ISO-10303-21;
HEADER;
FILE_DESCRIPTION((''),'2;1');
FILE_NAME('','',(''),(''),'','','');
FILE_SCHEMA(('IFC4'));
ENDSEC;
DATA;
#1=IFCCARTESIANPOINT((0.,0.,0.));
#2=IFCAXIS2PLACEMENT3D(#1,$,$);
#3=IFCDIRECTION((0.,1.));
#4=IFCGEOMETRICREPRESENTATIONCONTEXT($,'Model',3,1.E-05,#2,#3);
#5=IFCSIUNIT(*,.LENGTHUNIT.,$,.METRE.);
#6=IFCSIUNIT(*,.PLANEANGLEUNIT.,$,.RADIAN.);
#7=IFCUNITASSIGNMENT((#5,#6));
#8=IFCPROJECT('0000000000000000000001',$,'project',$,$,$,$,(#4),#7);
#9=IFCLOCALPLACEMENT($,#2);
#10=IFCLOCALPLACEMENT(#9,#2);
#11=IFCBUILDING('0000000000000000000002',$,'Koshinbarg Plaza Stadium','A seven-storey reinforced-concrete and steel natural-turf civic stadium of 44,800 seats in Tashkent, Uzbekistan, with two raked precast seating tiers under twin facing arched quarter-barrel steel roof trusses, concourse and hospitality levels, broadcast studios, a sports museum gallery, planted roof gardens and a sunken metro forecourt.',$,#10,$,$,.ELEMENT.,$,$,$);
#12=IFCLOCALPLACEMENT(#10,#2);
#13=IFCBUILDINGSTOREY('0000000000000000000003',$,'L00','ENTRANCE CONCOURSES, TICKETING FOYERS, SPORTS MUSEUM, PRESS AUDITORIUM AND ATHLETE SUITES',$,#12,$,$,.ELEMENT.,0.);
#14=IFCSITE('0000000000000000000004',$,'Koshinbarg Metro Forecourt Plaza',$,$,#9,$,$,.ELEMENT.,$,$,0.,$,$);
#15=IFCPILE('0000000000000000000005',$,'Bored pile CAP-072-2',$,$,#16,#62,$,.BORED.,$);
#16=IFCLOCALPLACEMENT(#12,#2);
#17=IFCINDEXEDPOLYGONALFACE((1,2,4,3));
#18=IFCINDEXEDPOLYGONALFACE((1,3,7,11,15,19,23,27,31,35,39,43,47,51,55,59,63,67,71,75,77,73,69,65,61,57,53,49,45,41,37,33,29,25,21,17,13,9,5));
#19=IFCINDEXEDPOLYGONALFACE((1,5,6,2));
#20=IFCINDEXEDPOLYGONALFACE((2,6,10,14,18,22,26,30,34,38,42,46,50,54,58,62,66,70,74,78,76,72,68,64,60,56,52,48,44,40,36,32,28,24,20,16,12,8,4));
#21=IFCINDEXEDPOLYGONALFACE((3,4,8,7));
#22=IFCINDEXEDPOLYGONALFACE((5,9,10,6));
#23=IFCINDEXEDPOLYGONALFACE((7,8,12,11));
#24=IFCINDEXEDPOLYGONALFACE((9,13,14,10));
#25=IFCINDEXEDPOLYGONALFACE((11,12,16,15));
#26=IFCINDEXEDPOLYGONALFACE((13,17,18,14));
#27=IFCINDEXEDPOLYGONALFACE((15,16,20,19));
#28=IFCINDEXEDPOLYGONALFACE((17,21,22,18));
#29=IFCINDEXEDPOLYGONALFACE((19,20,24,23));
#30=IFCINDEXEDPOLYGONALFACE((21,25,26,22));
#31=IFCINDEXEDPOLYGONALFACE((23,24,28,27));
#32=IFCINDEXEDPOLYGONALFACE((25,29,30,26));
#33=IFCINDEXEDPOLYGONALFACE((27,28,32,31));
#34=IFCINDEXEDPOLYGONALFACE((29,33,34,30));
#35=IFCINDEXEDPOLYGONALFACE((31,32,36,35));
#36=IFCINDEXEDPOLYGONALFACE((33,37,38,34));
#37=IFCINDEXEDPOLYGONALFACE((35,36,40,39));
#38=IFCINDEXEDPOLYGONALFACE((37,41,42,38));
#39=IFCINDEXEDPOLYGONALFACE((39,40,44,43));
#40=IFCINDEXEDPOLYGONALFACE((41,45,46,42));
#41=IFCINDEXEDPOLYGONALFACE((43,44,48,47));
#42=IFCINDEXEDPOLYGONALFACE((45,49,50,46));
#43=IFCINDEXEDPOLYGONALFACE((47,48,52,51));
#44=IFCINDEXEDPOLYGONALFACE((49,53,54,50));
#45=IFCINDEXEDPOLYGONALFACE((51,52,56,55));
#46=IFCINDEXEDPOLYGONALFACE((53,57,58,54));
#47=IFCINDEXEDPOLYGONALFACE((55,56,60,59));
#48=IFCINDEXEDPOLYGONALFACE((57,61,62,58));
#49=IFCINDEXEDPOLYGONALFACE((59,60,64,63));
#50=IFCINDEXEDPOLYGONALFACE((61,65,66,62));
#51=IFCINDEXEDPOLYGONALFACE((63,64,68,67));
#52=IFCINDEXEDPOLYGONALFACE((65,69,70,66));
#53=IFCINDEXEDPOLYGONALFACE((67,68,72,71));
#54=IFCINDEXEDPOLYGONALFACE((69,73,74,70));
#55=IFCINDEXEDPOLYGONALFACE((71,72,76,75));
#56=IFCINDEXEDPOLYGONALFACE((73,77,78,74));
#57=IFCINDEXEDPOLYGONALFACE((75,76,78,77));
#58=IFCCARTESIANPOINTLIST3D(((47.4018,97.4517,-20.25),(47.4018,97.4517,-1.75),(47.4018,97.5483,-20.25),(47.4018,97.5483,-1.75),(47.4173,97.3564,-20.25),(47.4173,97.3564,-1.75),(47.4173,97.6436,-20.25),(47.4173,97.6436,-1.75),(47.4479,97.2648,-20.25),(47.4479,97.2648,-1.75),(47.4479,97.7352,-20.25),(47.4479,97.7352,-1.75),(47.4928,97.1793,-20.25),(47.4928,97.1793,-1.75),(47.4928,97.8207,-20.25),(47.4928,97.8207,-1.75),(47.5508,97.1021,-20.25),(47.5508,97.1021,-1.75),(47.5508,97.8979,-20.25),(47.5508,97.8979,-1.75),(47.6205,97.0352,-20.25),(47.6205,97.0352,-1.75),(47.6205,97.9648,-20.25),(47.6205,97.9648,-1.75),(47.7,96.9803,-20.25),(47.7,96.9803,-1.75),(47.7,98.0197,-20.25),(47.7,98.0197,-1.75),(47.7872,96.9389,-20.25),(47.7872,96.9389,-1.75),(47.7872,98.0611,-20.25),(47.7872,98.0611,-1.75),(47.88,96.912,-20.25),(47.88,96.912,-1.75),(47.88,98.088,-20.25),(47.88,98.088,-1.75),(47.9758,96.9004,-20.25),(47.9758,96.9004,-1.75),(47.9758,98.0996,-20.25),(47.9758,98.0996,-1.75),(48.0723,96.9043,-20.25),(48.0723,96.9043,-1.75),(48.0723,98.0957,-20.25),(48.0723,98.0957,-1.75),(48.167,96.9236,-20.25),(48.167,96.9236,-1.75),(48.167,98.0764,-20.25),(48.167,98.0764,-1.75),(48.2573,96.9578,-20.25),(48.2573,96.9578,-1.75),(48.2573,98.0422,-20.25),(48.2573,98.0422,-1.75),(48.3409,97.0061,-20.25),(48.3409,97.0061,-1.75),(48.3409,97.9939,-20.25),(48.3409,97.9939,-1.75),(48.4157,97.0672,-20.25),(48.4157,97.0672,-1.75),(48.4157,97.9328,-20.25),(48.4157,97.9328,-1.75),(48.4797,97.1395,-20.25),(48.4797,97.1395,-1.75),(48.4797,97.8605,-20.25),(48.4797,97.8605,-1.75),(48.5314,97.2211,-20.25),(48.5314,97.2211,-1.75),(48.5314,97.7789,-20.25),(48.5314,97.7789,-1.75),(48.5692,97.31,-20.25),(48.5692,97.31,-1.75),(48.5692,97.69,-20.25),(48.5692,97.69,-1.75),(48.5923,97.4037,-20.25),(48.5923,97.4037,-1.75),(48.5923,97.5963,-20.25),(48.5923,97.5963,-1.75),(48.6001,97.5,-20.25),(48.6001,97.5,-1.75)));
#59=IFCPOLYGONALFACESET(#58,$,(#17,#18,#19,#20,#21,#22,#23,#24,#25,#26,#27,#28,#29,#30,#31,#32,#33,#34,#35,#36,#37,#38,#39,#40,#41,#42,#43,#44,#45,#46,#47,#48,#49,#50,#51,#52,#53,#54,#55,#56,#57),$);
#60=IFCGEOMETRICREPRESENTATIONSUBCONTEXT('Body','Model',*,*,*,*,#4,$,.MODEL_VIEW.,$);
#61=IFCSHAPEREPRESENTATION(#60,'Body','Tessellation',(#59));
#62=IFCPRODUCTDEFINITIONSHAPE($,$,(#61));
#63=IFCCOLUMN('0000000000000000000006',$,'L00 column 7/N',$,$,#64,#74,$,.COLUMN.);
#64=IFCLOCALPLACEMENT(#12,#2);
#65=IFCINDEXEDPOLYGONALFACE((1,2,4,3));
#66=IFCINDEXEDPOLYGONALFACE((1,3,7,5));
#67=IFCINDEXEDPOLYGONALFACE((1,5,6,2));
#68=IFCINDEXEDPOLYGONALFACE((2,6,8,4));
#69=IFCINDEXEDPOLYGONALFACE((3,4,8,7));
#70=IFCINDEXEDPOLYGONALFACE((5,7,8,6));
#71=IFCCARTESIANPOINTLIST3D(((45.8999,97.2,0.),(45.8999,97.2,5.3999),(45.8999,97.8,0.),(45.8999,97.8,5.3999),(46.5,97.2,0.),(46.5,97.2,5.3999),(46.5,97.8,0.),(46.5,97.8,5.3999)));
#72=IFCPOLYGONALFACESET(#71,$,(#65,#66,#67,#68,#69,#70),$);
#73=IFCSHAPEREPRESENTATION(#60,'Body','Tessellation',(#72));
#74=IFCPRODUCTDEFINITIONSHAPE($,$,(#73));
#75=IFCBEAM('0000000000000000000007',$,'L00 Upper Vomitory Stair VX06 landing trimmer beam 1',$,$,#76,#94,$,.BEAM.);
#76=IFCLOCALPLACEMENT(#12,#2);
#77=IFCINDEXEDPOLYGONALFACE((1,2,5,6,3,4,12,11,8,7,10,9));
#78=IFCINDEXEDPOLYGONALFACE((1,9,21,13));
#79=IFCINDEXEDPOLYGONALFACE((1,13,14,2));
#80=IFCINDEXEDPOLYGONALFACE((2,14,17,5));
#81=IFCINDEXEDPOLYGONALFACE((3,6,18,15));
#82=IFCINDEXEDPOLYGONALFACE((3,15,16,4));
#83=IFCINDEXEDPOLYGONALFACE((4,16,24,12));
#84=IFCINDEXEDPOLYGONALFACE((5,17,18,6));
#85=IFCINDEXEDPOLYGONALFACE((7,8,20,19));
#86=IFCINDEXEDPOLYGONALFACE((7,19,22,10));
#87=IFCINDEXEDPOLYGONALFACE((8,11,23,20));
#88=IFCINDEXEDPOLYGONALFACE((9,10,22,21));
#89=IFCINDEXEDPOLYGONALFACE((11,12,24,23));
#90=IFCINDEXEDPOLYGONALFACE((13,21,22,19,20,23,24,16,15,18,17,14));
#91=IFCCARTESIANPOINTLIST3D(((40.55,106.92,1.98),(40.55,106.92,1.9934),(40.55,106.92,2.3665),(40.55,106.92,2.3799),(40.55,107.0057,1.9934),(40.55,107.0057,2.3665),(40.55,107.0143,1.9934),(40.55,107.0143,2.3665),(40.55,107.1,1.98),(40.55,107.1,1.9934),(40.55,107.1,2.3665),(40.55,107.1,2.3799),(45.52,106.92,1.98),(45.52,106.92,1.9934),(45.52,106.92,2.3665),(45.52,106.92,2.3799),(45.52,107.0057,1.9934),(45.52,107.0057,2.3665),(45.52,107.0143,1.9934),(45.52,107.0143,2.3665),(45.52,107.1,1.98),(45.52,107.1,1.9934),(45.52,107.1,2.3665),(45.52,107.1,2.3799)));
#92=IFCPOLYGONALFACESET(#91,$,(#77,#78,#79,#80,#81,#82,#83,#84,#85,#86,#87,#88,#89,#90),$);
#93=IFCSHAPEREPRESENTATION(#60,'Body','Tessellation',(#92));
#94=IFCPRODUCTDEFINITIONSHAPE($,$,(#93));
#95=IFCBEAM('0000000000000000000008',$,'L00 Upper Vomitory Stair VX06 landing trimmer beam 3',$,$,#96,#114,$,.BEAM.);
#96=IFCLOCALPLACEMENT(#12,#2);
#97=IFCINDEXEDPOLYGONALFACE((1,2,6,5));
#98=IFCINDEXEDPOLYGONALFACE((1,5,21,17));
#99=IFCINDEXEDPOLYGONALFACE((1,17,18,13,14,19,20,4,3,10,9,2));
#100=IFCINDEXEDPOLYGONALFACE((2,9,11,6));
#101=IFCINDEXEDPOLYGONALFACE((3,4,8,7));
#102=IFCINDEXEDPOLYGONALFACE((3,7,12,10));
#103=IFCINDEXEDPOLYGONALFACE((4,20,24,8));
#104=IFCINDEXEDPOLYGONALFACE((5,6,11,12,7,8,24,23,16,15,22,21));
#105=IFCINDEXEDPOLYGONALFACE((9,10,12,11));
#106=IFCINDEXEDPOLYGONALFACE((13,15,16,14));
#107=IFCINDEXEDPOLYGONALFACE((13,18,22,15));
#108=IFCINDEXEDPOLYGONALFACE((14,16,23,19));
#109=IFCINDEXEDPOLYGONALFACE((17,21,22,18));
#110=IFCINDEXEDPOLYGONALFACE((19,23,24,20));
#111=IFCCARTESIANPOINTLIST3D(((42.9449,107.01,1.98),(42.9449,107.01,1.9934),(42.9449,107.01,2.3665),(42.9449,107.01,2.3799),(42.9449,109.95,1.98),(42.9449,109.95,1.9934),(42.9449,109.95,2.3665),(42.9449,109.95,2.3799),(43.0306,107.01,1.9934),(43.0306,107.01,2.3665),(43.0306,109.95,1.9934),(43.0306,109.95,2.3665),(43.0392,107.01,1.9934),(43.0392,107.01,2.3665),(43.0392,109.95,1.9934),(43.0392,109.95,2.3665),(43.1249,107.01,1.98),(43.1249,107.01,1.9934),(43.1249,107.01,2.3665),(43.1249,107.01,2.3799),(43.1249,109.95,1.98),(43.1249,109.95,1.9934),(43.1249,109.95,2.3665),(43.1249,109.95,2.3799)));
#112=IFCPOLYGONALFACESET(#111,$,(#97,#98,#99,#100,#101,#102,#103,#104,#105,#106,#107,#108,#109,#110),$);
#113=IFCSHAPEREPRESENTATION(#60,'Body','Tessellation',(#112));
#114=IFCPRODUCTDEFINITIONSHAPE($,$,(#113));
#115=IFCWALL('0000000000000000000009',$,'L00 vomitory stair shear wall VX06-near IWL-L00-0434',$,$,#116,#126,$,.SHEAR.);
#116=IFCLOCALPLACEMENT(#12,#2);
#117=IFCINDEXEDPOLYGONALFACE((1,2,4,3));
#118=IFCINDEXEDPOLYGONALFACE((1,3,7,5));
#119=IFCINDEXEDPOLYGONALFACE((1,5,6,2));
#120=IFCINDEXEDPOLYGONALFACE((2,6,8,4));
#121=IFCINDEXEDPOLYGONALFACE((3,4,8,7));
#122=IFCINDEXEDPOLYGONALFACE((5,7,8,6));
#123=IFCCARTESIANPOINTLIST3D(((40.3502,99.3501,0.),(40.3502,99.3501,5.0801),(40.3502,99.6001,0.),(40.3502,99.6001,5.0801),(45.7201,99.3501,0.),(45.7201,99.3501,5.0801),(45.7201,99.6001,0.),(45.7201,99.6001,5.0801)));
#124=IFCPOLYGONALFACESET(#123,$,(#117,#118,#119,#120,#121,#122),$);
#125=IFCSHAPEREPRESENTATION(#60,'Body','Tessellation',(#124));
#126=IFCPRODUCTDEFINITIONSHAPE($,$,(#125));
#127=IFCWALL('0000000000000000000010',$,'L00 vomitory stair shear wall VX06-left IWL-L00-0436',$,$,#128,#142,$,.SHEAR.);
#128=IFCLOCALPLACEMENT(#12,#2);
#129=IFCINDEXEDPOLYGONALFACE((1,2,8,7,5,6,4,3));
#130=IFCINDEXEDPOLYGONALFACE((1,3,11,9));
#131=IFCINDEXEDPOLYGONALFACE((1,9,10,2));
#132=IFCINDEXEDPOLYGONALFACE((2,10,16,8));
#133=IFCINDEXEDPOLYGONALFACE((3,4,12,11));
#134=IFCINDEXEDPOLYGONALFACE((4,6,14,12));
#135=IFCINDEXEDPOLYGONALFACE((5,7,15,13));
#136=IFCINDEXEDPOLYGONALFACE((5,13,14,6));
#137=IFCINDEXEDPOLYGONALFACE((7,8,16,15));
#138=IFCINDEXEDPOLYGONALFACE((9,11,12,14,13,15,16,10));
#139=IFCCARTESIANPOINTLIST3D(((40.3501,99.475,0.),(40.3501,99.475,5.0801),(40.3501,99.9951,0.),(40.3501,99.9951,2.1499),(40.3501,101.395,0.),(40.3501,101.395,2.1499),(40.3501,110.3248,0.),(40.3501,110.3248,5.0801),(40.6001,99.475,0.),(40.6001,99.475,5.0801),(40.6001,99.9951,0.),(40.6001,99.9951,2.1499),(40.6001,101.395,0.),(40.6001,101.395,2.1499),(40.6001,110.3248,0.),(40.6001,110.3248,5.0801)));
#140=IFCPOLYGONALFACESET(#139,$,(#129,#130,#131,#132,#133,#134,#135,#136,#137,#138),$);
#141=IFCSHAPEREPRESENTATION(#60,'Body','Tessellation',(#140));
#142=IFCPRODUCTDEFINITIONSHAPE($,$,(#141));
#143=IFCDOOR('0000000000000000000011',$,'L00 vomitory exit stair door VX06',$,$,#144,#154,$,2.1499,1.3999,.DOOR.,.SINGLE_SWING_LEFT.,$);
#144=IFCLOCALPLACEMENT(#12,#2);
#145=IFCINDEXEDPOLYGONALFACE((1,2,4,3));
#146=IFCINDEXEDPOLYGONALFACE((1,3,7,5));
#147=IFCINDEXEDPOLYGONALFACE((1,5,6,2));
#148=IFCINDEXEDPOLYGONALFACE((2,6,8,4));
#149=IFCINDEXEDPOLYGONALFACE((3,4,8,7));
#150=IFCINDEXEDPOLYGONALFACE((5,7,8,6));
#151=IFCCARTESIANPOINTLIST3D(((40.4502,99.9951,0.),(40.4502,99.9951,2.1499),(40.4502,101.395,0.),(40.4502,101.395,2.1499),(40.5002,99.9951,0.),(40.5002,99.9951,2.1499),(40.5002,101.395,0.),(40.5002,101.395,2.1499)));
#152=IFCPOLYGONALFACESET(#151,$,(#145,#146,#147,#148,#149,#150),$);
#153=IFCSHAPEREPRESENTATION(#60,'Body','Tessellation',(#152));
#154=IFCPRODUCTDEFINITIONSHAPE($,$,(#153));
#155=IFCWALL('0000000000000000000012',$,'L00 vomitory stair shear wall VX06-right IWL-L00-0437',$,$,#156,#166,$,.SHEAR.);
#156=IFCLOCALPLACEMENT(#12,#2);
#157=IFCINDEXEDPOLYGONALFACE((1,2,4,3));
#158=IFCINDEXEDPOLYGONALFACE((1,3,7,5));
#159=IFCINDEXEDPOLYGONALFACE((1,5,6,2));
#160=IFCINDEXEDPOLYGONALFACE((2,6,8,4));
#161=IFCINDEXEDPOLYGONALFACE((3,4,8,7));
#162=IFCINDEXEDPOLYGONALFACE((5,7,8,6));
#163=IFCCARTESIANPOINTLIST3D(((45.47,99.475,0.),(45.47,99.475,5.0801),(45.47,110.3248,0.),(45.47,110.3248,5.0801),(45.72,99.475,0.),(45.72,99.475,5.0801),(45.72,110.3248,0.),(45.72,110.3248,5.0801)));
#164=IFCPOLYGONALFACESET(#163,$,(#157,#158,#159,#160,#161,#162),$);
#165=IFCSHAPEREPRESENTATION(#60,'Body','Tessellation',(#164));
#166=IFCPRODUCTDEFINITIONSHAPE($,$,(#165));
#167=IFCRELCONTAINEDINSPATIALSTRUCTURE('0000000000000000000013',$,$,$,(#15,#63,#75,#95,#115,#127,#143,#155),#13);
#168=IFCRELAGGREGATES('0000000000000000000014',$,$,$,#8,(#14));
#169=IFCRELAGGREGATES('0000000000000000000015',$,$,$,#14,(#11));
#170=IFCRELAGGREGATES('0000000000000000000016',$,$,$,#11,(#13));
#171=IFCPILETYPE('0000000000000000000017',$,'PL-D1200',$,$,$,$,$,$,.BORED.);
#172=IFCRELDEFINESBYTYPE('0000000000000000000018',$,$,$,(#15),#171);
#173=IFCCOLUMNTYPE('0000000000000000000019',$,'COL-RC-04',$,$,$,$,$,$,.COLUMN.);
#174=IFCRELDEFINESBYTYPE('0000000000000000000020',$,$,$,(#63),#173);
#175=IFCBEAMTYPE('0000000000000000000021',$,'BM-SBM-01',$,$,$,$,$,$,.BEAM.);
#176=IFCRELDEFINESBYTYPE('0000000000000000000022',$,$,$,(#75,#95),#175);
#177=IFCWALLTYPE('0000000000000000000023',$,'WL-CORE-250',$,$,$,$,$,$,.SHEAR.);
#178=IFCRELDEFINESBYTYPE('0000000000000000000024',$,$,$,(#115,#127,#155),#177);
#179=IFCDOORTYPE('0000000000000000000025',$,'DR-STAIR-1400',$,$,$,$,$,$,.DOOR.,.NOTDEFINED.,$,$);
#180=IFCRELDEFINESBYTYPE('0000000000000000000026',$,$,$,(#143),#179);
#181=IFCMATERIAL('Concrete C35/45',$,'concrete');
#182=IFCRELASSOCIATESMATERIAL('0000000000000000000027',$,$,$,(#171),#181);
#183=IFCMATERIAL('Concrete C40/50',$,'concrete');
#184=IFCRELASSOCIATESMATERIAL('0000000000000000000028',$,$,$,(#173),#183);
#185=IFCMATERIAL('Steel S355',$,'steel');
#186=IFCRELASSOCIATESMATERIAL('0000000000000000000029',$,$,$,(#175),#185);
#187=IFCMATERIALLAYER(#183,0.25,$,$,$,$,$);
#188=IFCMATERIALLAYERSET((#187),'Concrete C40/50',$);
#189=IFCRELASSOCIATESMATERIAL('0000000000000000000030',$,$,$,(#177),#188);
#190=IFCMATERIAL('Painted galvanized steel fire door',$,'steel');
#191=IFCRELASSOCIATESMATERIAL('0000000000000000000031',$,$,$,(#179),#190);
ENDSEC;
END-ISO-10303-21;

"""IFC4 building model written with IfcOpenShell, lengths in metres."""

from ifc_helpers import new_model, si_unit, direction, frame, frame_2d, origin, origin_2d, place, context, subcontext, project, spatial, rectangle, circle, i_section, extrude, material, layer, layer_set, material_profile, profile_set, type_object, element, fill, save


model = new_model("IFC4")

# Units and contexts
model_context = context("Model", 3, precision=1e-05, world=origin(), true_north=direction((0.0, 1.0)))
body_context = subcontext(model_context, "Body", "Model", "MODEL_VIEW")
ifc_project = project(units=[si_unit("LENGTHUNIT", "METRE"), si_unit("PLANEANGLEUNIT", "RADIAN")], contexts=[model_context])

# Site, building, storey
site_placement = place(None, origin())
site = spatial("IfcSite", under=ifc_project, at=site_placement, Name="Koshinbarg Metro Forecourt Plaza", CompositionType="ELEMENT", RefElevation=0.0)
building_placement = place(site_placement, origin())
building = spatial("IfcBuilding", under=site, at=building_placement, Name="Koshinbarg Plaza Stadium", Description="A seven-storey reinforced-concrete and steel natural-turf civic stadium of 44,800 seats in Tashkent, Uzbekistan, with two raked precast seating tiers under twin facing arched quarter-barrel steel roof trusses, concourse and hospitality levels, broadcast studios, a sports museum gallery, planted roof gardens and a sunken metro forecourt.", CompositionType="ELEMENT")
storey_placement = place(building_placement, origin())
storey = spatial("IfcBuildingStorey", under=building, at=storey_placement, Name="L00", Description="ENTRANCE CONCOURSES, TICKETING FOYERS, SPORTS MUSEUM, PRESS AUDITORIUM AND ATHLETE SUITES", CompositionType="ELEMENT", Elevation=0.0)

# Shared definitions
ifc_material_1 = material(Name="Concrete C35/45", Category="concrete")

# Pile
ifc_material_profile_1 = material_profile(ifc_material_1, circle(Radius=0.6001, at=origin_2d()), Name="PILE D1200")
ifc_profile_set_1 = profile_set([ifc_material_profile_1], Name="Concrete C35/45")
pile_type_1 = type_object("IfcPileType", Name="PL-D1200", PredefinedType="BORED", material=ifc_profile_set_1)
for number, where, z_axis, x_axis, name in (
    (1, (48.0, 97.5, -1.75), (0.0, 0.0, -1.0), (1.0, 0.0, 0.0), "Bored pile CAP-072-2"),
):
    element("IfcPile", number, at=place(storey_placement, frame(where, z_axis=z_axis, x_axis=x_axis)), inside=storey, type_object=pile_type_1, Name=name, PredefinedType="BORED", context=body_context, shape_type="SweptSolid", body=[
        extrude(circle(Radius=0.6001, at=origin_2d()), origin(), (0.0, 0.0, 1.0), 18.5),
    ])

# Column
ifc_material_2 = material(Name="Concrete C40/50", Category="concrete")
ifc_material_profile_2 = material_profile(ifc_material_2, rectangle(XDim=0.6001, YDim=0.6001, at=origin_2d()), Name="RC 600x600")
ifc_profile_set_2 = profile_set([ifc_material_profile_2], Name="Concrete C40/50")
column_type = type_object("IfcColumnType", Name="COL-RC-04", PredefinedType="COLUMN", material=ifc_profile_set_2)
column_placement = place(storey_placement, frame((46.2, 97.5, 0.0), z_axis=(0.0, 0.0, 1.0), x_axis=(1.0, 0.0, 0.0)))
element("IfcColumn", 2, at=column_placement, inside=storey, type_object=column_type, Name="L00 column 7/N", PredefinedType="COLUMN", context=body_context, shape_type="SweptSolid", body=[
    extrude(rectangle(XDim=0.6001, YDim=0.6001, at=origin_2d()), origin(), (0.0, 0.0, 1.0), 5.3999),
])

# Beams
ifc_material_3 = material(Name="Steel S355", Category="steel")
ifc_material_profile_3 = material_profile(ifc_material_3, i_section(OverallWidth=0.1799, OverallDepth=0.3999, WebThickness=0.0085, FlangeThickness=0.0134, at=origin_2d()), Name="IPE 400")
ifc_profile_set_3 = profile_set([ifc_material_profile_3], Name="Steel S355")
beam_type = type_object("IfcBeamType", Name="BM-SBM-01", PredefinedType="BEAM", material=ifc_profile_set_3)
beam_1_placement = place(storey_placement, frame((40.55, 107.01, 2.1799), z_axis=(1.0, 0.0, 0.0), x_axis=(0.0, 1.0, 0.0)))
element("IfcBeam", 3, at=beam_1_placement, inside=storey, type_object=beam_type, Name="L00 Upper Vomitory Stair VX06 landing trimmer beam 1", PredefinedType="BEAM", context=body_context, shape_type="SweptSolid", body=[
    extrude(i_section(OverallWidth=0.1799, OverallDepth=0.3999, WebThickness=0.0085, FlangeThickness=0.0134, at=origin_2d()), origin(), (0.0, 0.0, 1.0), 4.97),
])
beam_2_placement = place(storey_placement, frame((43.0349, 107.01, 2.1799), z_axis=(0.0, 1.0, 0.0), x_axis=(-1.0, 0.0, 0.0)))
element("IfcBeam", 4, at=beam_2_placement, inside=storey, type_object=beam_type, Name="L00 Upper Vomitory Stair VX06 landing trimmer beam 3", PredefinedType="BEAM", context=body_context, shape_type="SweptSolid", body=[
    extrude(i_section(OverallWidth=0.1799, OverallDepth=0.3999, WebThickness=0.0085, FlangeThickness=0.0134, at=origin_2d()), origin(), (0.0, 0.0, 1.0), 2.9399),
])

# Wall
ifc_layer_1 = layer(ifc_material_2, 0.25)
ifc_layer_set_1 = layer_set([ifc_layer_1], Name="Concrete C40/50")
wall_type_1 = type_object("IfcWallType", Name="WL-CORE-250", PredefinedType="SHEAR", material=ifc_layer_set_1)
wall_1_placement = place(storey_placement, frame((40.3501, 99.4751, 0.0), z_axis=(0.0, 0.0, 1.0), x_axis=(1.0, 0.0, 0.0)))
element("IfcWall", 5, at=wall_1_placement, inside=storey, type_object=wall_type_1, Name="L00 vomitory stair shear wall VX06-near IWL-L00-0434", PredefinedType="SHEAR", context=body_context, shape_type="SweptSolid", body=[
    extrude(rectangle(XDim=5.3699, YDim=0.25, at=frame_2d((2.6851, 0.0))), origin(), (0.0, 0.0, 1.0), 5.0801),
])

# Wall, opening, door
wall_2_placement = place(storey_placement, frame((40.4751, 99.4751, 0.0), z_axis=(0.0, 0.0, 1.0), x_axis=(0.0, 1.0, 0.0)))
wall_2 = element("IfcWall", 6, at=wall_2_placement, inside=storey, type_object=wall_type_1, Name="L00 vomitory stair shear wall VX06-left IWL-L00-0436", PredefinedType="SHEAR", context=body_context, shape_type="SweptSolid", body=[
    extrude(rectangle(XDim=10.8499, YDim=0.25, at=frame_2d((5.4248, 0.0))), origin(), (0.0, 0.0, 1.0), 5.0801),
])
opening_1_placement = place(wall_2_placement, frame((0.52, 0.0, 0.0)))
opening_1 = element("IfcOpeningElement", 7, at=opening_1_placement, cuts=wall_2, PredefinedType="OPENING", context=body_context, shape_type="SweptSolid", body=[
    extrude(rectangle(XDim=1.3999, YDim=2.1499, at=frame_2d((0.7, 1.075))), frame((0.0, 0.135, 0.0), z_axis=(0.0, -1.0, 0.0), x_axis=(1.0, 0.0, 0.0)), (0.0, 0.0, 1.0), 0.27),
])
ifc_material_4 = material(Name="Painted galvanized steel fire door", Category="steel")
door_type_1 = type_object("IfcDoorType", Name="DR-STAIR-1400", OperationType="NOTDEFINED", PredefinedType="DOOR", material=ifc_material_4)
door_1_placement = place(opening_1_placement, origin())
door_1 = element("IfcDoor", 8, at=door_1_placement, inside=storey, type_object=door_type_1, Name="L00 vomitory exit stair door VX06", OperationType="SINGLE_SWING_LEFT", OverallHeight=2.1499, OverallWidth=1.3999, PredefinedType="DOOR", context=body_context, shape_type="SweptSolid", body=[
    extrude(rectangle(XDim=1.3999, YDim=2.1499, at=frame_2d((0.7, 1.075))), frame((0.0, 0.0249, 0.0), z_axis=(0.0, -1.0, 0.0), x_axis=(1.0, 0.0, 0.0)), (0.0, 0.0, 1.0), 0.05),
])
fill(opening_1, door_1)

# Wall
wall_3_placement = place(storey_placement, frame((45.595, 99.4751, 0.0), z_axis=(0.0, 0.0, 1.0), x_axis=(0.0, 1.0, 0.0)))
element("IfcWall", 9, at=wall_3_placement, inside=storey, type_object=wall_type_1, Name="L00 vomitory stair shear wall VX06-right IWL-L00-0437", PredefinedType="SHEAR", context=body_context, shape_type="SweptSolid", body=[
    extrude(rectangle(XDim=10.8499, YDim=0.25, at=frame_2d((5.4248, 0.0))), origin(), (0.0, 0.0, 1.0), 5.0801),
])

save(model, "model.ifc")
